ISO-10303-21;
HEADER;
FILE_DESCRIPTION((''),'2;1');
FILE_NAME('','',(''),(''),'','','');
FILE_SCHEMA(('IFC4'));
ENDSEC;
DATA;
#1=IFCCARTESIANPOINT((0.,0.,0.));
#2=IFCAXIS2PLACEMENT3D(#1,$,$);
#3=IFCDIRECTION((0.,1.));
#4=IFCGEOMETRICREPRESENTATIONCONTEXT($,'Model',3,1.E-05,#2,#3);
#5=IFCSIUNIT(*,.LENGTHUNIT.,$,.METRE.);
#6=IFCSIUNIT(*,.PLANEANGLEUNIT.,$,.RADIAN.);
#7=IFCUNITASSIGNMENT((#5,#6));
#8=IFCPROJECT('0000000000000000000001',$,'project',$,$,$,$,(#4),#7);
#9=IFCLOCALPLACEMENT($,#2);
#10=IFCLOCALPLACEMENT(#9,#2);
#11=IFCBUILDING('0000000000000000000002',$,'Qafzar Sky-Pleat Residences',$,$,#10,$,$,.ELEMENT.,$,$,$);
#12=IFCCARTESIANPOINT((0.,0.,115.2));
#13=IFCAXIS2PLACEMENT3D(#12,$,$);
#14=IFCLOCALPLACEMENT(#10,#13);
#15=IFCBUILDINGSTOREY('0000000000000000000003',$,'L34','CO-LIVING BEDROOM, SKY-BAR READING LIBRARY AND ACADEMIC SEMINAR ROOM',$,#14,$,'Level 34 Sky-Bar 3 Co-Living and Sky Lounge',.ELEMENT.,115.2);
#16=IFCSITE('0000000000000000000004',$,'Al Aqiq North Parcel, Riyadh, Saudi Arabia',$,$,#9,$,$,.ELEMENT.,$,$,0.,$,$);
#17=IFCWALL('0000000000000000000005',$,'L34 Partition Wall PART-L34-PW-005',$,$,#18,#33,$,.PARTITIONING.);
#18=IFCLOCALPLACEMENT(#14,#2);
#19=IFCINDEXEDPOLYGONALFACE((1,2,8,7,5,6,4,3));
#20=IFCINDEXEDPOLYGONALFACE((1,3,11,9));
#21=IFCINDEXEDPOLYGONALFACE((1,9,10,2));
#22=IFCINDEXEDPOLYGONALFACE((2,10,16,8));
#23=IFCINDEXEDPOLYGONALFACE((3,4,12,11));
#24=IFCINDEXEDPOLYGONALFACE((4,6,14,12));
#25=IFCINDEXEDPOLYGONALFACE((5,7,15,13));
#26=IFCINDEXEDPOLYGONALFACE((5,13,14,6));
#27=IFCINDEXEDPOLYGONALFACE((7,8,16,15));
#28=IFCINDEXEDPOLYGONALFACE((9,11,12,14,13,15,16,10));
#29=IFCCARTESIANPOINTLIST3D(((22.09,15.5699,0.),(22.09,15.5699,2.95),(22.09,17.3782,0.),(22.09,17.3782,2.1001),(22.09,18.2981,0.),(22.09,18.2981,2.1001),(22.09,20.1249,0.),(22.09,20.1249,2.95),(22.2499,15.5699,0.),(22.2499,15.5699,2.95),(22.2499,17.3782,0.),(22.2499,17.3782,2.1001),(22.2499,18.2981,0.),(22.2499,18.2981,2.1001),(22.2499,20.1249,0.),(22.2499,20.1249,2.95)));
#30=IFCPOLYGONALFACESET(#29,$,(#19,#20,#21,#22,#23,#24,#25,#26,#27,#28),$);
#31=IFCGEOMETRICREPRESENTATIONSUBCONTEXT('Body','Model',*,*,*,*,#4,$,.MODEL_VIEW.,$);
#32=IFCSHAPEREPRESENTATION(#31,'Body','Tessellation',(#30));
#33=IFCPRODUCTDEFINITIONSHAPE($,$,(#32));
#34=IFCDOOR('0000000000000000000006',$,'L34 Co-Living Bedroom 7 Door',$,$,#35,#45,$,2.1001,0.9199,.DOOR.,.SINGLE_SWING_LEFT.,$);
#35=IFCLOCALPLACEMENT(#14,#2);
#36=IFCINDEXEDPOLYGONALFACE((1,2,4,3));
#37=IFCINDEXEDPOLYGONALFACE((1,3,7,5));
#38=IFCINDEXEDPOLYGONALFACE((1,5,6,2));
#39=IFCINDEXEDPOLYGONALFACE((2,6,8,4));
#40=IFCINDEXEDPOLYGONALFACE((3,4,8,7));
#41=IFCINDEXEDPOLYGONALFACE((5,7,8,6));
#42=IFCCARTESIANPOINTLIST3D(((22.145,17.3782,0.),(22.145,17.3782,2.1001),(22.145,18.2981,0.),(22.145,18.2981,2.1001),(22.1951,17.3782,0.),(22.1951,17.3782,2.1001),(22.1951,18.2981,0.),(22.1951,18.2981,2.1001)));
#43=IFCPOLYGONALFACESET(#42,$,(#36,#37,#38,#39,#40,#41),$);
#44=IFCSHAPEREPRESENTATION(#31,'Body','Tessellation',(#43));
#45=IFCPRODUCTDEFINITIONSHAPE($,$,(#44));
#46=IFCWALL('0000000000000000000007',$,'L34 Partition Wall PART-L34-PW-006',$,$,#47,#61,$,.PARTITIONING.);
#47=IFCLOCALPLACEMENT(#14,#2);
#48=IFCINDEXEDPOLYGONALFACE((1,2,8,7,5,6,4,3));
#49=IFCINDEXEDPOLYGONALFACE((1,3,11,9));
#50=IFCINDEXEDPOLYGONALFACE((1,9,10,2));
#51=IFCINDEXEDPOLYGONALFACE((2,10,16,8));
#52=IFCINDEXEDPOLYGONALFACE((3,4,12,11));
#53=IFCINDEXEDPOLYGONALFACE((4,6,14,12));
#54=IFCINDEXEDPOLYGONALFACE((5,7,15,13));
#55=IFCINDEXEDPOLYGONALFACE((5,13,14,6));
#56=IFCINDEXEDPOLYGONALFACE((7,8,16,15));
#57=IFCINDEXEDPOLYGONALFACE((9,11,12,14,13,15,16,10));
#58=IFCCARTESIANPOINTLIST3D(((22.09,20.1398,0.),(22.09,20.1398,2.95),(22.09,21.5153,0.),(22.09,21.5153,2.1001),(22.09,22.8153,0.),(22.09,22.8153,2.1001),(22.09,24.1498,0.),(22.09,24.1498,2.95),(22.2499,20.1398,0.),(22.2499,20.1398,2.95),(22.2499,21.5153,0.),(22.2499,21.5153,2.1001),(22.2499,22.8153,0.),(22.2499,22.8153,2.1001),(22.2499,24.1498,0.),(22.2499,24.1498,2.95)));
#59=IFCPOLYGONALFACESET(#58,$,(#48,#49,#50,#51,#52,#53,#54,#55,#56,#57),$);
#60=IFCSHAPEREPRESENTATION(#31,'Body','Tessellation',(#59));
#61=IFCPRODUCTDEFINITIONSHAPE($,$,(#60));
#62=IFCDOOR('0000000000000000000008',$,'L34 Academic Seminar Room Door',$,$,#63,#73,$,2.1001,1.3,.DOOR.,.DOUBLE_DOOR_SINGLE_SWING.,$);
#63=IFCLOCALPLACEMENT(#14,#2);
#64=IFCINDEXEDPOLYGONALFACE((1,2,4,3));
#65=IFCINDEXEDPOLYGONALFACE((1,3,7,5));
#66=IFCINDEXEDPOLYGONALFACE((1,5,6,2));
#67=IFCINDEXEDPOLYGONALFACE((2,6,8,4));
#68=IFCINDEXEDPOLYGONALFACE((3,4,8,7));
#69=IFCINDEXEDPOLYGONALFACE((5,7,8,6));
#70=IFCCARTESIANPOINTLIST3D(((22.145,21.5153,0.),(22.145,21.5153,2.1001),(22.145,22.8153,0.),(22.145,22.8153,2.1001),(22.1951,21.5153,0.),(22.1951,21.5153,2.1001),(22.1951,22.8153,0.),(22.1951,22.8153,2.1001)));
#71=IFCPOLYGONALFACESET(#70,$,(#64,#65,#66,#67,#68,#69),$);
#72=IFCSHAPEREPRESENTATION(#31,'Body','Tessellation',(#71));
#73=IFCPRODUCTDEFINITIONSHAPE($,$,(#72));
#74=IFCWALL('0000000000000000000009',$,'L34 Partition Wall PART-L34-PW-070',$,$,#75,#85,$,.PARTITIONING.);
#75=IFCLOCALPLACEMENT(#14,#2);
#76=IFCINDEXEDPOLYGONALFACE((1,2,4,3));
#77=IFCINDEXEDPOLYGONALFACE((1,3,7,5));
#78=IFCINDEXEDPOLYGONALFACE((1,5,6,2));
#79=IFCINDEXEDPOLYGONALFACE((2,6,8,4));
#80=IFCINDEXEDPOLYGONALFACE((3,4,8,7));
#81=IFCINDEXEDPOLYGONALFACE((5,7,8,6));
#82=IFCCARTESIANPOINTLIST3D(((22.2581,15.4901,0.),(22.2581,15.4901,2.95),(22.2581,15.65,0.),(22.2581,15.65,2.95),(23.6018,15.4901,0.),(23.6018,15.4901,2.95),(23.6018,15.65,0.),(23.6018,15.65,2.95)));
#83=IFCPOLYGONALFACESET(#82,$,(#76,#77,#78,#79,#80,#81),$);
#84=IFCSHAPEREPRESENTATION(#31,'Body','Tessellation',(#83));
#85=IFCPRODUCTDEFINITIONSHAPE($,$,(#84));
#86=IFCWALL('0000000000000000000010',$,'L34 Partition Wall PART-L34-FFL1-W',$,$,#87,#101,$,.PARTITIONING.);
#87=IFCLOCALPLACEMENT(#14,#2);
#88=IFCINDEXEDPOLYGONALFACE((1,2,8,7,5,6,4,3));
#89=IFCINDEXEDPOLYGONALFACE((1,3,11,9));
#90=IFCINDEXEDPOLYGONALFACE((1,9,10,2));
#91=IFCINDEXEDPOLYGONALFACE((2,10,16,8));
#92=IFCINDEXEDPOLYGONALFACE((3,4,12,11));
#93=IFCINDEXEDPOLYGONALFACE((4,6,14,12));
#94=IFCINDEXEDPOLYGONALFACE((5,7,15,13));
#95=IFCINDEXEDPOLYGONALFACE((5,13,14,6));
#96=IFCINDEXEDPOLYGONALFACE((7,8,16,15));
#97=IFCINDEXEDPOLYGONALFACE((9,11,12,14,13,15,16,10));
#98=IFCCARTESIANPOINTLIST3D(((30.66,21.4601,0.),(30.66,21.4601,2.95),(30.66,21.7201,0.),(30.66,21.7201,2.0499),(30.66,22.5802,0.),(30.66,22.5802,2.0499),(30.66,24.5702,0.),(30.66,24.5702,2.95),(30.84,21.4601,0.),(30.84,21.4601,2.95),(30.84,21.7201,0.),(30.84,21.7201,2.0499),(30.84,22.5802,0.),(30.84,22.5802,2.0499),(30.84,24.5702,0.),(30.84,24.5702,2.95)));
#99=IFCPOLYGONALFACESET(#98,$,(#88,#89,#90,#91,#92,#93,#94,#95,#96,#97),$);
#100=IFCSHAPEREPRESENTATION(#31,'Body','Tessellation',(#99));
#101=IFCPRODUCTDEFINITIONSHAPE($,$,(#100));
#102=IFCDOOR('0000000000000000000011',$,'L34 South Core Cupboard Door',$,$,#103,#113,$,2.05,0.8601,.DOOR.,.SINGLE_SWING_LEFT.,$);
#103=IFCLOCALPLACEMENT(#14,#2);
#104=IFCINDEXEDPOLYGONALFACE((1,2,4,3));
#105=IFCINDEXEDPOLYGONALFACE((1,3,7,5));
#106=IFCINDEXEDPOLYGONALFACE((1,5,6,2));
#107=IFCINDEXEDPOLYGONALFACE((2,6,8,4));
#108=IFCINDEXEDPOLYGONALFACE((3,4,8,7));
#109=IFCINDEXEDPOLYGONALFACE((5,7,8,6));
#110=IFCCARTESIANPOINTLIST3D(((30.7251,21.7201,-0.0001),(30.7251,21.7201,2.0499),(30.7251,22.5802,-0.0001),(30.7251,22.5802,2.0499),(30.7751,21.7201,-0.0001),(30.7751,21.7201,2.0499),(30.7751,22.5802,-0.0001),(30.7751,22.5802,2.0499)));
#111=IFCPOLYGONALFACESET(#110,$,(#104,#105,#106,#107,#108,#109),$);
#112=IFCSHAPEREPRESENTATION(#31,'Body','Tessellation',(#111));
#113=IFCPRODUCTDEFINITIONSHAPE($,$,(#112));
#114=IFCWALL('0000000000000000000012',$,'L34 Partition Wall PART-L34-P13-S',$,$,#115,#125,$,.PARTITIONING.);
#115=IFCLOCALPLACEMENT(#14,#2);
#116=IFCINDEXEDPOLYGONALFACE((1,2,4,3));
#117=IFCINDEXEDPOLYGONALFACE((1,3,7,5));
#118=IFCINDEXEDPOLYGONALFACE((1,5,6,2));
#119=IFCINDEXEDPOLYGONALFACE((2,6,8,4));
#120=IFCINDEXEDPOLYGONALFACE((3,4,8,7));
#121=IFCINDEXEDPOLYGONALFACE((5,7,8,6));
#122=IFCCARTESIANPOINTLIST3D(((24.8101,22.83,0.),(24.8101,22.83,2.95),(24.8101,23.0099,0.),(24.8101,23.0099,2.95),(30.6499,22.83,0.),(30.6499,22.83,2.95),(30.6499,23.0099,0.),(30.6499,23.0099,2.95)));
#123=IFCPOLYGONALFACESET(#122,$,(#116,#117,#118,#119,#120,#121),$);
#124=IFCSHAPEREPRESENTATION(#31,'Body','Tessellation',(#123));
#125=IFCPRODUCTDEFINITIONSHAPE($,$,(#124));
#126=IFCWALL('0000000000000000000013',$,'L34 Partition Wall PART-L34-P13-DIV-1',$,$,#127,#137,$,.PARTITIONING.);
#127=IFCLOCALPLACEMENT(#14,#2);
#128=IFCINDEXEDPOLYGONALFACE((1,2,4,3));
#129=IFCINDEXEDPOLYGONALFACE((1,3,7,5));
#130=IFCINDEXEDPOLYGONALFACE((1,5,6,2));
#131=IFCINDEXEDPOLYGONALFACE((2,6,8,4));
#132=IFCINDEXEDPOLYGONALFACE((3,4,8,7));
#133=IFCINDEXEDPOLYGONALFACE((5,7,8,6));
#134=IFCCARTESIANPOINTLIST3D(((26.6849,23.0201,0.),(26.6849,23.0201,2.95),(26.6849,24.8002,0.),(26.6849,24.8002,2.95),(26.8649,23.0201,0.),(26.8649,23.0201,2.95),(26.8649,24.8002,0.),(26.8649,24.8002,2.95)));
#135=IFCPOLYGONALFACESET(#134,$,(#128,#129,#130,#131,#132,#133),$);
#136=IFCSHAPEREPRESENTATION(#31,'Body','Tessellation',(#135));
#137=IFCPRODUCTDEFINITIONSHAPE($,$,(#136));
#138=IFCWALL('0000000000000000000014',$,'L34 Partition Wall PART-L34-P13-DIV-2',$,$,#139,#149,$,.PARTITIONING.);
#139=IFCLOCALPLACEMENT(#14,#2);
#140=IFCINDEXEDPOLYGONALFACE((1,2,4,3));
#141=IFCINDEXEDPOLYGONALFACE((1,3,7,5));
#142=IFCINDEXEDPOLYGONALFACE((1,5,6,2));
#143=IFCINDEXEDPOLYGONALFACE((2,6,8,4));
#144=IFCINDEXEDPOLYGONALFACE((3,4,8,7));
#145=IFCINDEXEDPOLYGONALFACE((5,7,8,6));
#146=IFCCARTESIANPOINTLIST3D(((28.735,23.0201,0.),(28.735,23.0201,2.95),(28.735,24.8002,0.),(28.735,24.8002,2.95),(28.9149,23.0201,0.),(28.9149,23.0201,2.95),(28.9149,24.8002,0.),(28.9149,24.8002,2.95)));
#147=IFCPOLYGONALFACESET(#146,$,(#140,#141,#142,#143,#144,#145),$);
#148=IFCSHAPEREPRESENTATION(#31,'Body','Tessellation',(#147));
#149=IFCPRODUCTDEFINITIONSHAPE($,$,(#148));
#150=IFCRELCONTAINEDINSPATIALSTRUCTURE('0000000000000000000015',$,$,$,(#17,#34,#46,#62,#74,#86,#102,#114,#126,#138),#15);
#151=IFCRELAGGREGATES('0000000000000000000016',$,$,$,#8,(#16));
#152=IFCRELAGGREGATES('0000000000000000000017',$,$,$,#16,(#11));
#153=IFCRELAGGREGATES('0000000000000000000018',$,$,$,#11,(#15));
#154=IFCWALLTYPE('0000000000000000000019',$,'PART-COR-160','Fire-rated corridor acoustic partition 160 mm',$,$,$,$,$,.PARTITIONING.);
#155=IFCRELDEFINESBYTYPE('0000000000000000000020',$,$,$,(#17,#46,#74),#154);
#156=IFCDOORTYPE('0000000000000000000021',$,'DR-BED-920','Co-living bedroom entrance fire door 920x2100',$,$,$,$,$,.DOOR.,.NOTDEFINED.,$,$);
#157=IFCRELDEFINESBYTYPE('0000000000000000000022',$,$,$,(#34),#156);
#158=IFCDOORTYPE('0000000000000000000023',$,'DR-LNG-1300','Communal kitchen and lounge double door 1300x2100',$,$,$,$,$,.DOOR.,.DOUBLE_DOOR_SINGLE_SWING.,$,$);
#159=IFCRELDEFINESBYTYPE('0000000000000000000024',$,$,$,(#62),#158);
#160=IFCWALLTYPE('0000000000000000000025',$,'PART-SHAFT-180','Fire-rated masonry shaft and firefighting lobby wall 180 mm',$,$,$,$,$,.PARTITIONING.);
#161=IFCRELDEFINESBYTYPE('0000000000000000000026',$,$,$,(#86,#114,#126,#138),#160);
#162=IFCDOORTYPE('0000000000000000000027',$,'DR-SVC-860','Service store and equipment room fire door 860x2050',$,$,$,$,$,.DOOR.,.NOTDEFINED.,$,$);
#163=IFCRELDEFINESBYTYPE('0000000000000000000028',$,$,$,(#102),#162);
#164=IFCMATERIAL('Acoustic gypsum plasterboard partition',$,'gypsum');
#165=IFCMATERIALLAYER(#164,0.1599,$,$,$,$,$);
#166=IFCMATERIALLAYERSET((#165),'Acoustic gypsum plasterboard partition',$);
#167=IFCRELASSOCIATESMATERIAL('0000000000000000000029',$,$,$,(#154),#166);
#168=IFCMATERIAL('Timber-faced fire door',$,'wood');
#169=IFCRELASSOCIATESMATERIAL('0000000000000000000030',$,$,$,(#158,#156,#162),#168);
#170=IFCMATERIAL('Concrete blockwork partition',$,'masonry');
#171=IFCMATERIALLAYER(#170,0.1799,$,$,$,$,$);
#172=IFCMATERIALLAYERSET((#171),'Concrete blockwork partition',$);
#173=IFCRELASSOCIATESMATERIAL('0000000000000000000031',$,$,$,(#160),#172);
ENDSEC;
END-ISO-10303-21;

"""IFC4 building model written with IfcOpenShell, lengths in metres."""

from ifc_helpers import new_model, si_unit, direction, frame, frame_2d, origin, place, context, subcontext, project, spatial, rectangle, extrude, source, transform, mapped, material, layer, layer_set, type_object, element, fill, save


model = new_model("IFC4")

# Units and contexts
model_context = context("Model", 3, precision=1e-05, world=origin(), true_north=direction((0.0, 1.0)))
body_context = subcontext(model_context, "Body", "Model", "MODEL_VIEW")
ifc_project = project(units=[si_unit("LENGTHUNIT", "METRE"), si_unit("PLANEANGLEUNIT", "RADIAN")], contexts=[model_context])

# Site, building, storey
site_placement = place(None, origin())
site = spatial("IfcSite", under=ifc_project, at=site_placement, Name="Al Aqiq North Parcel, Riyadh, Saudi Arabia", CompositionType="ELEMENT", RefElevation=0.0)
building_placement = place(site_placement, origin())
building = spatial("IfcBuilding", under=site, at=building_placement, Name="Qafzar Sky-Pleat Residences", CompositionType="ELEMENT")
storey_placement = place(building_placement, frame((0.0, 0.0, 115.2)))
storey = spatial("IfcBuildingStorey", under=building, at=storey_placement, Name="L34", Description="CO-LIVING BEDROOM, SKY-BAR READING LIBRARY AND ACADEMIC SEMINAR ROOM", LongName="Level 34 Sky-Bar 3 Co-Living and Sky Lounge", CompositionType="ELEMENT", Elevation=115.2)

# Walls, openings, doors
ifc_material_1 = material(Name="Acoustic gypsum plasterboard partition", Category="gypsum")
ifc_layer_1 = layer(ifc_material_1, 0.1599)
ifc_layer_set_1 = layer_set([ifc_layer_1], Name="Acoustic gypsum plasterboard partition")
wall_type_1 = type_object("IfcWallType", Name="PART-COR-160", Description="Fire-rated corridor acoustic partition 160 mm", PredefinedType="PARTITIONING", material=ifc_layer_set_1)
ifc_material_2 = material(Name="Timber-faced fire door", Category="wood")
door_type_1 = type_object("IfcDoorType", Name="DR-LNG-1300", Description="Communal kitchen and lounge double door 1300x2100", OperationType="DOUBLE_DOOR_SINGLE_SWING", PredefinedType="DOOR", material=ifc_material_2)
shared_shape_1 = source(origin(), body_context, "Body", "SweptSolid", [
    extrude(rectangle(XDim=1.3, YDim=2.1001, at=frame_2d((0.6499, 1.05))), frame((0.0, 0.0249, 0.0), z_axis=(0.0, -1.0, 0.0), x_axis=(1.0, 0.0, 0.0)), (0.0, 0.0, 1.0), 0.05),
])
wall_1_placement = place(storey_placement, frame((22.1699, 15.5701, 0.0), z_axis=(0.0, 0.0, 1.0), x_axis=(0.0, 1.0, 0.0)))
wall_1 = element("IfcWall", 1, at=wall_1_placement, inside=storey, type_object=wall_type_1, Name="L34 Partition Wall PART-L34-PW-005", PredefinedType="PARTITIONING", context=body_context, shape_type="SweptSolid", body=[
    extrude(rectangle(XDim=4.5549, YDim=0.1599, at=frame_2d((2.2773, 0.0))), origin(), (0.0, 0.0, 1.0), 2.95),
])
opening_1_placement = place(wall_1_placement, frame((1.8081, 0.0, 0.0)))
opening_1 = element("IfcOpeningElement", 2, at=opening_1_placement, cuts=wall_1, PredefinedType="OPENING", context=body_context, shape_type="SweptSolid", body=[
    extrude(rectangle(XDim=0.9199, YDim=2.1001, at=frame_2d((0.46, 1.05))), frame((0.0, 0.0898, 0.0), z_axis=(0.0, -1.0, 0.0), x_axis=(1.0, 0.0, 0.0)), (0.0, 0.0, 1.0), 0.1799),
])
door_type_2 = type_object("IfcDoorType", Name="DR-BED-920", Description="Co-living bedroom entrance fire door 920x2100", OperationType="NOTDEFINED", PredefinedType="DOOR", material=ifc_material_2)
shared_shape_2 = source(origin(), body_context, "Body", "SweptSolid", [
    extrude(rectangle(XDim=0.9199, YDim=2.1001, at=frame_2d((0.46, 1.05))), frame((0.0, 0.0249, 0.0), z_axis=(0.0, -1.0, 0.0), x_axis=(1.0, 0.0, 0.0)), (0.0, 0.0, 1.0), 0.05),
])
door_1_placement = place(opening_1_placement, origin())
door_1 = element("IfcDoor", 3, at=door_1_placement, inside=storey, type_object=door_type_2, Name="L34 Co-Living Bedroom 7 Door", OperationType="SINGLE_SWING_LEFT", OverallHeight=2.1001, OverallWidth=0.9199, PredefinedType="DOOR", context=body_context, shape_type="MappedRepresentation", body=[
    mapped(shared_shape_2, transform((0.0, 0.0, 0.0), x_axis=(1.0, 0.0, 0.0), y_axis=(0.0, 1.0, 0.0), z_axis=(0.0, 0.0, 1.0), scale=1.0)),
])
fill(opening_1, door_1)
wall_2_placement = place(storey_placement, frame((22.1699, 20.1399, 0.0), z_axis=(0.0, 0.0, 1.0), x_axis=(0.0, 1.0, 0.0)))
wall_2 = element("IfcWall", 4, at=wall_2_placement, inside=storey, type_object=wall_type_1, Name="L34 Partition Wall PART-L34-PW-006", PredefinedType="PARTITIONING", context=body_context, shape_type="SweptSolid", body=[
    extrude(rectangle(XDim=4.01, YDim=0.1599, at=frame_2d((2.0049, 0.0))), origin(), (0.0, 0.0, 1.0), 2.95),
])
opening_2_placement = place(wall_2_placement, frame((1.3755, 0.0, 0.0)))
opening_2 = element("IfcOpeningElement", 5, at=opening_2_placement, cuts=wall_2, PredefinedType="OPENING", context=body_context, shape_type="SweptSolid", body=[
    extrude(rectangle(XDim=1.3, YDim=2.1001, at=frame_2d((0.6499, 1.05))), frame((0.0, 0.0898, 0.0), z_axis=(0.0, -1.0, 0.0), x_axis=(1.0, 0.0, 0.0)), (0.0, 0.0, 1.0), 0.1799),
])
door_2_placement = place(opening_2_placement, origin())
door_2 = element("IfcDoor", 6, at=door_2_placement, inside=storey, type_object=door_type_1, Name="L34 Academic Seminar Room Door", OperationType="DOUBLE_DOOR_SINGLE_SWING", OverallHeight=2.1001, OverallWidth=1.3, PredefinedType="DOOR", context=body_context, shape_type="MappedRepresentation", body=[
    mapped(shared_shape_1, transform((0.0, 0.0, 0.0), x_axis=(1.0, 0.0, 0.0), y_axis=(0.0, 1.0, 0.0), z_axis=(0.0, 0.0, 1.0), scale=1.0)),
])
fill(opening_2, door_2)

# Wall
wall_3_placement = place(storey_placement, frame((22.2581, 15.5701, 0.0), z_axis=(0.0, 0.0, 1.0), x_axis=(1.0, 0.0, 0.0)))
element("IfcWall", 7, at=wall_3_placement, inside=storey, type_object=wall_type_1, Name="L34 Partition Wall PART-L34-PW-070", PredefinedType="PARTITIONING", context=body_context, shape_type="SweptSolid", body=[
    extrude(rectangle(XDim=1.3438, YDim=0.1599, at=frame_2d((0.6719, 0.0))), origin(), (0.0, 0.0, 1.0), 2.95),
])

# Wall, opening, door
ifc_material_3 = material(Name="Concrete blockwork partition", Category="masonry")
ifc_layer_2 = layer(ifc_material_3, 0.1799)
ifc_layer_set_2 = layer_set([ifc_layer_2], Name="Concrete blockwork partition")
wall_type_2 = type_object("IfcWallType", Name="PART-SHAFT-180", Description="Fire-rated masonry shaft and firefighting lobby wall 180 mm", PredefinedType="PARTITIONING", material=ifc_layer_set_2)
wall_4_placement = place(storey_placement, frame((30.75, 21.46, 0.0), z_axis=(0.0, 0.0, 1.0), x_axis=(0.0, 1.0, 0.0)))
wall_4 = element("IfcWall", 8, at=wall_4_placement, inside=storey, type_object=wall_type_2, Name="L34 Partition Wall PART-L34-FFL1-W", PredefinedType="PARTITIONING", context=body_context, shape_type="SweptSolid", body=[
    extrude(rectangle(XDim=3.1101, YDim=0.1799, at=frame_2d((1.5552, 0.0))), origin(), (0.0, 0.0, 1.0), 2.95),
])
opening_3_placement = place(wall_4_placement, frame((0.26, 0.0, 0.0)))
opening_3 = element("IfcOpeningElement", 9, at=opening_3_placement, cuts=wall_4, PredefinedType="OPENING", context=body_context, shape_type="SweptSolid", body=[
    extrude(rectangle(XDim=0.8601, YDim=2.05, at=frame_2d((0.4302, 1.0249))), frame((0.0, 0.1001, 0.0), z_axis=(0.0, -1.0, 0.0), x_axis=(1.0, 0.0, 0.0)), (0.0, 0.0, 1.0), 0.2),
])
door_type_3 = type_object("IfcDoorType", Name="DR-SVC-860", Description="Service store and equipment room fire door 860x2050", OperationType="NOTDEFINED", PredefinedType="DOOR", material=ifc_material_2)
shared_shape_3 = source(origin(), body_context, "Body", "SweptSolid", [
    extrude(rectangle(XDim=0.8601, YDim=2.05, at=frame_2d((0.4302, 1.0249))), frame((0.0, 0.0249, 0.0), z_axis=(0.0, -1.0, 0.0), x_axis=(1.0, 0.0, 0.0)), (0.0, 0.0, 1.0), 0.05),
])
door_3_placement = place(opening_3_placement, origin())
door_3 = element("IfcDoor", 10, at=door_3_placement, inside=storey, type_object=door_type_3, Name="L34 South Core Cupboard Door", OperationType="SINGLE_SWING_LEFT", OverallHeight=2.05, OverallWidth=0.8601, PredefinedType="DOOR", context=body_context, shape_type="MappedRepresentation", body=[
    mapped(shared_shape_3, transform((0.0, 0.0, 0.0), x_axis=(1.0, 0.0, 0.0), y_axis=(0.0, 1.0, 0.0), z_axis=(0.0, 0.0, 1.0), scale=1.0)),
])
fill(opening_3, door_3)

# Walls
wall_5_placement = place(storey_placement, frame((24.8101, 22.9199, 0.0), z_axis=(0.0, 0.0, 1.0), x_axis=(1.0, 0.0, 0.0)))
element("IfcWall", 11, at=wall_5_placement, inside=storey, type_object=wall_type_2, Name="L34 Partition Wall PART-L34-P13-S", PredefinedType="PARTITIONING", context=body_context, shape_type="SweptSolid", body=[
    extrude(rectangle(XDim=5.8398, YDim=0.1799, at=frame_2d((2.9199, 0.0))), origin(), (0.0, 0.0, 1.0), 2.95),
])
for number, where, z_axis, x_axis, name in (
    (12, (26.7749, 23.02, 0.0), (0.0, 0.0, 1.0), (0.0, 1.0, 0.0), "L34 Partition Wall PART-L34-P13-DIV-1"),
    (13, (28.825, 23.02, 0.0), (0.0, 0.0, 1.0), (0.0, 1.0, 0.0), "L34 Partition Wall PART-L34-P13-DIV-2"),
):
    element("IfcWall", number, at=place(storey_placement, frame(where, z_axis=z_axis, x_axis=x_axis)), inside=storey, type_object=wall_type_2, Name=name, PredefinedType="PARTITIONING", context=body_context, shape_type="SweptSolid", body=[
        extrude(rectangle(XDim=1.78, YDim=0.1799, at=frame_2d((0.8901, 0.0))), origin(), (0.0, 0.0, 1.0), 2.95),
    ])

save(model, "model.ifc")
